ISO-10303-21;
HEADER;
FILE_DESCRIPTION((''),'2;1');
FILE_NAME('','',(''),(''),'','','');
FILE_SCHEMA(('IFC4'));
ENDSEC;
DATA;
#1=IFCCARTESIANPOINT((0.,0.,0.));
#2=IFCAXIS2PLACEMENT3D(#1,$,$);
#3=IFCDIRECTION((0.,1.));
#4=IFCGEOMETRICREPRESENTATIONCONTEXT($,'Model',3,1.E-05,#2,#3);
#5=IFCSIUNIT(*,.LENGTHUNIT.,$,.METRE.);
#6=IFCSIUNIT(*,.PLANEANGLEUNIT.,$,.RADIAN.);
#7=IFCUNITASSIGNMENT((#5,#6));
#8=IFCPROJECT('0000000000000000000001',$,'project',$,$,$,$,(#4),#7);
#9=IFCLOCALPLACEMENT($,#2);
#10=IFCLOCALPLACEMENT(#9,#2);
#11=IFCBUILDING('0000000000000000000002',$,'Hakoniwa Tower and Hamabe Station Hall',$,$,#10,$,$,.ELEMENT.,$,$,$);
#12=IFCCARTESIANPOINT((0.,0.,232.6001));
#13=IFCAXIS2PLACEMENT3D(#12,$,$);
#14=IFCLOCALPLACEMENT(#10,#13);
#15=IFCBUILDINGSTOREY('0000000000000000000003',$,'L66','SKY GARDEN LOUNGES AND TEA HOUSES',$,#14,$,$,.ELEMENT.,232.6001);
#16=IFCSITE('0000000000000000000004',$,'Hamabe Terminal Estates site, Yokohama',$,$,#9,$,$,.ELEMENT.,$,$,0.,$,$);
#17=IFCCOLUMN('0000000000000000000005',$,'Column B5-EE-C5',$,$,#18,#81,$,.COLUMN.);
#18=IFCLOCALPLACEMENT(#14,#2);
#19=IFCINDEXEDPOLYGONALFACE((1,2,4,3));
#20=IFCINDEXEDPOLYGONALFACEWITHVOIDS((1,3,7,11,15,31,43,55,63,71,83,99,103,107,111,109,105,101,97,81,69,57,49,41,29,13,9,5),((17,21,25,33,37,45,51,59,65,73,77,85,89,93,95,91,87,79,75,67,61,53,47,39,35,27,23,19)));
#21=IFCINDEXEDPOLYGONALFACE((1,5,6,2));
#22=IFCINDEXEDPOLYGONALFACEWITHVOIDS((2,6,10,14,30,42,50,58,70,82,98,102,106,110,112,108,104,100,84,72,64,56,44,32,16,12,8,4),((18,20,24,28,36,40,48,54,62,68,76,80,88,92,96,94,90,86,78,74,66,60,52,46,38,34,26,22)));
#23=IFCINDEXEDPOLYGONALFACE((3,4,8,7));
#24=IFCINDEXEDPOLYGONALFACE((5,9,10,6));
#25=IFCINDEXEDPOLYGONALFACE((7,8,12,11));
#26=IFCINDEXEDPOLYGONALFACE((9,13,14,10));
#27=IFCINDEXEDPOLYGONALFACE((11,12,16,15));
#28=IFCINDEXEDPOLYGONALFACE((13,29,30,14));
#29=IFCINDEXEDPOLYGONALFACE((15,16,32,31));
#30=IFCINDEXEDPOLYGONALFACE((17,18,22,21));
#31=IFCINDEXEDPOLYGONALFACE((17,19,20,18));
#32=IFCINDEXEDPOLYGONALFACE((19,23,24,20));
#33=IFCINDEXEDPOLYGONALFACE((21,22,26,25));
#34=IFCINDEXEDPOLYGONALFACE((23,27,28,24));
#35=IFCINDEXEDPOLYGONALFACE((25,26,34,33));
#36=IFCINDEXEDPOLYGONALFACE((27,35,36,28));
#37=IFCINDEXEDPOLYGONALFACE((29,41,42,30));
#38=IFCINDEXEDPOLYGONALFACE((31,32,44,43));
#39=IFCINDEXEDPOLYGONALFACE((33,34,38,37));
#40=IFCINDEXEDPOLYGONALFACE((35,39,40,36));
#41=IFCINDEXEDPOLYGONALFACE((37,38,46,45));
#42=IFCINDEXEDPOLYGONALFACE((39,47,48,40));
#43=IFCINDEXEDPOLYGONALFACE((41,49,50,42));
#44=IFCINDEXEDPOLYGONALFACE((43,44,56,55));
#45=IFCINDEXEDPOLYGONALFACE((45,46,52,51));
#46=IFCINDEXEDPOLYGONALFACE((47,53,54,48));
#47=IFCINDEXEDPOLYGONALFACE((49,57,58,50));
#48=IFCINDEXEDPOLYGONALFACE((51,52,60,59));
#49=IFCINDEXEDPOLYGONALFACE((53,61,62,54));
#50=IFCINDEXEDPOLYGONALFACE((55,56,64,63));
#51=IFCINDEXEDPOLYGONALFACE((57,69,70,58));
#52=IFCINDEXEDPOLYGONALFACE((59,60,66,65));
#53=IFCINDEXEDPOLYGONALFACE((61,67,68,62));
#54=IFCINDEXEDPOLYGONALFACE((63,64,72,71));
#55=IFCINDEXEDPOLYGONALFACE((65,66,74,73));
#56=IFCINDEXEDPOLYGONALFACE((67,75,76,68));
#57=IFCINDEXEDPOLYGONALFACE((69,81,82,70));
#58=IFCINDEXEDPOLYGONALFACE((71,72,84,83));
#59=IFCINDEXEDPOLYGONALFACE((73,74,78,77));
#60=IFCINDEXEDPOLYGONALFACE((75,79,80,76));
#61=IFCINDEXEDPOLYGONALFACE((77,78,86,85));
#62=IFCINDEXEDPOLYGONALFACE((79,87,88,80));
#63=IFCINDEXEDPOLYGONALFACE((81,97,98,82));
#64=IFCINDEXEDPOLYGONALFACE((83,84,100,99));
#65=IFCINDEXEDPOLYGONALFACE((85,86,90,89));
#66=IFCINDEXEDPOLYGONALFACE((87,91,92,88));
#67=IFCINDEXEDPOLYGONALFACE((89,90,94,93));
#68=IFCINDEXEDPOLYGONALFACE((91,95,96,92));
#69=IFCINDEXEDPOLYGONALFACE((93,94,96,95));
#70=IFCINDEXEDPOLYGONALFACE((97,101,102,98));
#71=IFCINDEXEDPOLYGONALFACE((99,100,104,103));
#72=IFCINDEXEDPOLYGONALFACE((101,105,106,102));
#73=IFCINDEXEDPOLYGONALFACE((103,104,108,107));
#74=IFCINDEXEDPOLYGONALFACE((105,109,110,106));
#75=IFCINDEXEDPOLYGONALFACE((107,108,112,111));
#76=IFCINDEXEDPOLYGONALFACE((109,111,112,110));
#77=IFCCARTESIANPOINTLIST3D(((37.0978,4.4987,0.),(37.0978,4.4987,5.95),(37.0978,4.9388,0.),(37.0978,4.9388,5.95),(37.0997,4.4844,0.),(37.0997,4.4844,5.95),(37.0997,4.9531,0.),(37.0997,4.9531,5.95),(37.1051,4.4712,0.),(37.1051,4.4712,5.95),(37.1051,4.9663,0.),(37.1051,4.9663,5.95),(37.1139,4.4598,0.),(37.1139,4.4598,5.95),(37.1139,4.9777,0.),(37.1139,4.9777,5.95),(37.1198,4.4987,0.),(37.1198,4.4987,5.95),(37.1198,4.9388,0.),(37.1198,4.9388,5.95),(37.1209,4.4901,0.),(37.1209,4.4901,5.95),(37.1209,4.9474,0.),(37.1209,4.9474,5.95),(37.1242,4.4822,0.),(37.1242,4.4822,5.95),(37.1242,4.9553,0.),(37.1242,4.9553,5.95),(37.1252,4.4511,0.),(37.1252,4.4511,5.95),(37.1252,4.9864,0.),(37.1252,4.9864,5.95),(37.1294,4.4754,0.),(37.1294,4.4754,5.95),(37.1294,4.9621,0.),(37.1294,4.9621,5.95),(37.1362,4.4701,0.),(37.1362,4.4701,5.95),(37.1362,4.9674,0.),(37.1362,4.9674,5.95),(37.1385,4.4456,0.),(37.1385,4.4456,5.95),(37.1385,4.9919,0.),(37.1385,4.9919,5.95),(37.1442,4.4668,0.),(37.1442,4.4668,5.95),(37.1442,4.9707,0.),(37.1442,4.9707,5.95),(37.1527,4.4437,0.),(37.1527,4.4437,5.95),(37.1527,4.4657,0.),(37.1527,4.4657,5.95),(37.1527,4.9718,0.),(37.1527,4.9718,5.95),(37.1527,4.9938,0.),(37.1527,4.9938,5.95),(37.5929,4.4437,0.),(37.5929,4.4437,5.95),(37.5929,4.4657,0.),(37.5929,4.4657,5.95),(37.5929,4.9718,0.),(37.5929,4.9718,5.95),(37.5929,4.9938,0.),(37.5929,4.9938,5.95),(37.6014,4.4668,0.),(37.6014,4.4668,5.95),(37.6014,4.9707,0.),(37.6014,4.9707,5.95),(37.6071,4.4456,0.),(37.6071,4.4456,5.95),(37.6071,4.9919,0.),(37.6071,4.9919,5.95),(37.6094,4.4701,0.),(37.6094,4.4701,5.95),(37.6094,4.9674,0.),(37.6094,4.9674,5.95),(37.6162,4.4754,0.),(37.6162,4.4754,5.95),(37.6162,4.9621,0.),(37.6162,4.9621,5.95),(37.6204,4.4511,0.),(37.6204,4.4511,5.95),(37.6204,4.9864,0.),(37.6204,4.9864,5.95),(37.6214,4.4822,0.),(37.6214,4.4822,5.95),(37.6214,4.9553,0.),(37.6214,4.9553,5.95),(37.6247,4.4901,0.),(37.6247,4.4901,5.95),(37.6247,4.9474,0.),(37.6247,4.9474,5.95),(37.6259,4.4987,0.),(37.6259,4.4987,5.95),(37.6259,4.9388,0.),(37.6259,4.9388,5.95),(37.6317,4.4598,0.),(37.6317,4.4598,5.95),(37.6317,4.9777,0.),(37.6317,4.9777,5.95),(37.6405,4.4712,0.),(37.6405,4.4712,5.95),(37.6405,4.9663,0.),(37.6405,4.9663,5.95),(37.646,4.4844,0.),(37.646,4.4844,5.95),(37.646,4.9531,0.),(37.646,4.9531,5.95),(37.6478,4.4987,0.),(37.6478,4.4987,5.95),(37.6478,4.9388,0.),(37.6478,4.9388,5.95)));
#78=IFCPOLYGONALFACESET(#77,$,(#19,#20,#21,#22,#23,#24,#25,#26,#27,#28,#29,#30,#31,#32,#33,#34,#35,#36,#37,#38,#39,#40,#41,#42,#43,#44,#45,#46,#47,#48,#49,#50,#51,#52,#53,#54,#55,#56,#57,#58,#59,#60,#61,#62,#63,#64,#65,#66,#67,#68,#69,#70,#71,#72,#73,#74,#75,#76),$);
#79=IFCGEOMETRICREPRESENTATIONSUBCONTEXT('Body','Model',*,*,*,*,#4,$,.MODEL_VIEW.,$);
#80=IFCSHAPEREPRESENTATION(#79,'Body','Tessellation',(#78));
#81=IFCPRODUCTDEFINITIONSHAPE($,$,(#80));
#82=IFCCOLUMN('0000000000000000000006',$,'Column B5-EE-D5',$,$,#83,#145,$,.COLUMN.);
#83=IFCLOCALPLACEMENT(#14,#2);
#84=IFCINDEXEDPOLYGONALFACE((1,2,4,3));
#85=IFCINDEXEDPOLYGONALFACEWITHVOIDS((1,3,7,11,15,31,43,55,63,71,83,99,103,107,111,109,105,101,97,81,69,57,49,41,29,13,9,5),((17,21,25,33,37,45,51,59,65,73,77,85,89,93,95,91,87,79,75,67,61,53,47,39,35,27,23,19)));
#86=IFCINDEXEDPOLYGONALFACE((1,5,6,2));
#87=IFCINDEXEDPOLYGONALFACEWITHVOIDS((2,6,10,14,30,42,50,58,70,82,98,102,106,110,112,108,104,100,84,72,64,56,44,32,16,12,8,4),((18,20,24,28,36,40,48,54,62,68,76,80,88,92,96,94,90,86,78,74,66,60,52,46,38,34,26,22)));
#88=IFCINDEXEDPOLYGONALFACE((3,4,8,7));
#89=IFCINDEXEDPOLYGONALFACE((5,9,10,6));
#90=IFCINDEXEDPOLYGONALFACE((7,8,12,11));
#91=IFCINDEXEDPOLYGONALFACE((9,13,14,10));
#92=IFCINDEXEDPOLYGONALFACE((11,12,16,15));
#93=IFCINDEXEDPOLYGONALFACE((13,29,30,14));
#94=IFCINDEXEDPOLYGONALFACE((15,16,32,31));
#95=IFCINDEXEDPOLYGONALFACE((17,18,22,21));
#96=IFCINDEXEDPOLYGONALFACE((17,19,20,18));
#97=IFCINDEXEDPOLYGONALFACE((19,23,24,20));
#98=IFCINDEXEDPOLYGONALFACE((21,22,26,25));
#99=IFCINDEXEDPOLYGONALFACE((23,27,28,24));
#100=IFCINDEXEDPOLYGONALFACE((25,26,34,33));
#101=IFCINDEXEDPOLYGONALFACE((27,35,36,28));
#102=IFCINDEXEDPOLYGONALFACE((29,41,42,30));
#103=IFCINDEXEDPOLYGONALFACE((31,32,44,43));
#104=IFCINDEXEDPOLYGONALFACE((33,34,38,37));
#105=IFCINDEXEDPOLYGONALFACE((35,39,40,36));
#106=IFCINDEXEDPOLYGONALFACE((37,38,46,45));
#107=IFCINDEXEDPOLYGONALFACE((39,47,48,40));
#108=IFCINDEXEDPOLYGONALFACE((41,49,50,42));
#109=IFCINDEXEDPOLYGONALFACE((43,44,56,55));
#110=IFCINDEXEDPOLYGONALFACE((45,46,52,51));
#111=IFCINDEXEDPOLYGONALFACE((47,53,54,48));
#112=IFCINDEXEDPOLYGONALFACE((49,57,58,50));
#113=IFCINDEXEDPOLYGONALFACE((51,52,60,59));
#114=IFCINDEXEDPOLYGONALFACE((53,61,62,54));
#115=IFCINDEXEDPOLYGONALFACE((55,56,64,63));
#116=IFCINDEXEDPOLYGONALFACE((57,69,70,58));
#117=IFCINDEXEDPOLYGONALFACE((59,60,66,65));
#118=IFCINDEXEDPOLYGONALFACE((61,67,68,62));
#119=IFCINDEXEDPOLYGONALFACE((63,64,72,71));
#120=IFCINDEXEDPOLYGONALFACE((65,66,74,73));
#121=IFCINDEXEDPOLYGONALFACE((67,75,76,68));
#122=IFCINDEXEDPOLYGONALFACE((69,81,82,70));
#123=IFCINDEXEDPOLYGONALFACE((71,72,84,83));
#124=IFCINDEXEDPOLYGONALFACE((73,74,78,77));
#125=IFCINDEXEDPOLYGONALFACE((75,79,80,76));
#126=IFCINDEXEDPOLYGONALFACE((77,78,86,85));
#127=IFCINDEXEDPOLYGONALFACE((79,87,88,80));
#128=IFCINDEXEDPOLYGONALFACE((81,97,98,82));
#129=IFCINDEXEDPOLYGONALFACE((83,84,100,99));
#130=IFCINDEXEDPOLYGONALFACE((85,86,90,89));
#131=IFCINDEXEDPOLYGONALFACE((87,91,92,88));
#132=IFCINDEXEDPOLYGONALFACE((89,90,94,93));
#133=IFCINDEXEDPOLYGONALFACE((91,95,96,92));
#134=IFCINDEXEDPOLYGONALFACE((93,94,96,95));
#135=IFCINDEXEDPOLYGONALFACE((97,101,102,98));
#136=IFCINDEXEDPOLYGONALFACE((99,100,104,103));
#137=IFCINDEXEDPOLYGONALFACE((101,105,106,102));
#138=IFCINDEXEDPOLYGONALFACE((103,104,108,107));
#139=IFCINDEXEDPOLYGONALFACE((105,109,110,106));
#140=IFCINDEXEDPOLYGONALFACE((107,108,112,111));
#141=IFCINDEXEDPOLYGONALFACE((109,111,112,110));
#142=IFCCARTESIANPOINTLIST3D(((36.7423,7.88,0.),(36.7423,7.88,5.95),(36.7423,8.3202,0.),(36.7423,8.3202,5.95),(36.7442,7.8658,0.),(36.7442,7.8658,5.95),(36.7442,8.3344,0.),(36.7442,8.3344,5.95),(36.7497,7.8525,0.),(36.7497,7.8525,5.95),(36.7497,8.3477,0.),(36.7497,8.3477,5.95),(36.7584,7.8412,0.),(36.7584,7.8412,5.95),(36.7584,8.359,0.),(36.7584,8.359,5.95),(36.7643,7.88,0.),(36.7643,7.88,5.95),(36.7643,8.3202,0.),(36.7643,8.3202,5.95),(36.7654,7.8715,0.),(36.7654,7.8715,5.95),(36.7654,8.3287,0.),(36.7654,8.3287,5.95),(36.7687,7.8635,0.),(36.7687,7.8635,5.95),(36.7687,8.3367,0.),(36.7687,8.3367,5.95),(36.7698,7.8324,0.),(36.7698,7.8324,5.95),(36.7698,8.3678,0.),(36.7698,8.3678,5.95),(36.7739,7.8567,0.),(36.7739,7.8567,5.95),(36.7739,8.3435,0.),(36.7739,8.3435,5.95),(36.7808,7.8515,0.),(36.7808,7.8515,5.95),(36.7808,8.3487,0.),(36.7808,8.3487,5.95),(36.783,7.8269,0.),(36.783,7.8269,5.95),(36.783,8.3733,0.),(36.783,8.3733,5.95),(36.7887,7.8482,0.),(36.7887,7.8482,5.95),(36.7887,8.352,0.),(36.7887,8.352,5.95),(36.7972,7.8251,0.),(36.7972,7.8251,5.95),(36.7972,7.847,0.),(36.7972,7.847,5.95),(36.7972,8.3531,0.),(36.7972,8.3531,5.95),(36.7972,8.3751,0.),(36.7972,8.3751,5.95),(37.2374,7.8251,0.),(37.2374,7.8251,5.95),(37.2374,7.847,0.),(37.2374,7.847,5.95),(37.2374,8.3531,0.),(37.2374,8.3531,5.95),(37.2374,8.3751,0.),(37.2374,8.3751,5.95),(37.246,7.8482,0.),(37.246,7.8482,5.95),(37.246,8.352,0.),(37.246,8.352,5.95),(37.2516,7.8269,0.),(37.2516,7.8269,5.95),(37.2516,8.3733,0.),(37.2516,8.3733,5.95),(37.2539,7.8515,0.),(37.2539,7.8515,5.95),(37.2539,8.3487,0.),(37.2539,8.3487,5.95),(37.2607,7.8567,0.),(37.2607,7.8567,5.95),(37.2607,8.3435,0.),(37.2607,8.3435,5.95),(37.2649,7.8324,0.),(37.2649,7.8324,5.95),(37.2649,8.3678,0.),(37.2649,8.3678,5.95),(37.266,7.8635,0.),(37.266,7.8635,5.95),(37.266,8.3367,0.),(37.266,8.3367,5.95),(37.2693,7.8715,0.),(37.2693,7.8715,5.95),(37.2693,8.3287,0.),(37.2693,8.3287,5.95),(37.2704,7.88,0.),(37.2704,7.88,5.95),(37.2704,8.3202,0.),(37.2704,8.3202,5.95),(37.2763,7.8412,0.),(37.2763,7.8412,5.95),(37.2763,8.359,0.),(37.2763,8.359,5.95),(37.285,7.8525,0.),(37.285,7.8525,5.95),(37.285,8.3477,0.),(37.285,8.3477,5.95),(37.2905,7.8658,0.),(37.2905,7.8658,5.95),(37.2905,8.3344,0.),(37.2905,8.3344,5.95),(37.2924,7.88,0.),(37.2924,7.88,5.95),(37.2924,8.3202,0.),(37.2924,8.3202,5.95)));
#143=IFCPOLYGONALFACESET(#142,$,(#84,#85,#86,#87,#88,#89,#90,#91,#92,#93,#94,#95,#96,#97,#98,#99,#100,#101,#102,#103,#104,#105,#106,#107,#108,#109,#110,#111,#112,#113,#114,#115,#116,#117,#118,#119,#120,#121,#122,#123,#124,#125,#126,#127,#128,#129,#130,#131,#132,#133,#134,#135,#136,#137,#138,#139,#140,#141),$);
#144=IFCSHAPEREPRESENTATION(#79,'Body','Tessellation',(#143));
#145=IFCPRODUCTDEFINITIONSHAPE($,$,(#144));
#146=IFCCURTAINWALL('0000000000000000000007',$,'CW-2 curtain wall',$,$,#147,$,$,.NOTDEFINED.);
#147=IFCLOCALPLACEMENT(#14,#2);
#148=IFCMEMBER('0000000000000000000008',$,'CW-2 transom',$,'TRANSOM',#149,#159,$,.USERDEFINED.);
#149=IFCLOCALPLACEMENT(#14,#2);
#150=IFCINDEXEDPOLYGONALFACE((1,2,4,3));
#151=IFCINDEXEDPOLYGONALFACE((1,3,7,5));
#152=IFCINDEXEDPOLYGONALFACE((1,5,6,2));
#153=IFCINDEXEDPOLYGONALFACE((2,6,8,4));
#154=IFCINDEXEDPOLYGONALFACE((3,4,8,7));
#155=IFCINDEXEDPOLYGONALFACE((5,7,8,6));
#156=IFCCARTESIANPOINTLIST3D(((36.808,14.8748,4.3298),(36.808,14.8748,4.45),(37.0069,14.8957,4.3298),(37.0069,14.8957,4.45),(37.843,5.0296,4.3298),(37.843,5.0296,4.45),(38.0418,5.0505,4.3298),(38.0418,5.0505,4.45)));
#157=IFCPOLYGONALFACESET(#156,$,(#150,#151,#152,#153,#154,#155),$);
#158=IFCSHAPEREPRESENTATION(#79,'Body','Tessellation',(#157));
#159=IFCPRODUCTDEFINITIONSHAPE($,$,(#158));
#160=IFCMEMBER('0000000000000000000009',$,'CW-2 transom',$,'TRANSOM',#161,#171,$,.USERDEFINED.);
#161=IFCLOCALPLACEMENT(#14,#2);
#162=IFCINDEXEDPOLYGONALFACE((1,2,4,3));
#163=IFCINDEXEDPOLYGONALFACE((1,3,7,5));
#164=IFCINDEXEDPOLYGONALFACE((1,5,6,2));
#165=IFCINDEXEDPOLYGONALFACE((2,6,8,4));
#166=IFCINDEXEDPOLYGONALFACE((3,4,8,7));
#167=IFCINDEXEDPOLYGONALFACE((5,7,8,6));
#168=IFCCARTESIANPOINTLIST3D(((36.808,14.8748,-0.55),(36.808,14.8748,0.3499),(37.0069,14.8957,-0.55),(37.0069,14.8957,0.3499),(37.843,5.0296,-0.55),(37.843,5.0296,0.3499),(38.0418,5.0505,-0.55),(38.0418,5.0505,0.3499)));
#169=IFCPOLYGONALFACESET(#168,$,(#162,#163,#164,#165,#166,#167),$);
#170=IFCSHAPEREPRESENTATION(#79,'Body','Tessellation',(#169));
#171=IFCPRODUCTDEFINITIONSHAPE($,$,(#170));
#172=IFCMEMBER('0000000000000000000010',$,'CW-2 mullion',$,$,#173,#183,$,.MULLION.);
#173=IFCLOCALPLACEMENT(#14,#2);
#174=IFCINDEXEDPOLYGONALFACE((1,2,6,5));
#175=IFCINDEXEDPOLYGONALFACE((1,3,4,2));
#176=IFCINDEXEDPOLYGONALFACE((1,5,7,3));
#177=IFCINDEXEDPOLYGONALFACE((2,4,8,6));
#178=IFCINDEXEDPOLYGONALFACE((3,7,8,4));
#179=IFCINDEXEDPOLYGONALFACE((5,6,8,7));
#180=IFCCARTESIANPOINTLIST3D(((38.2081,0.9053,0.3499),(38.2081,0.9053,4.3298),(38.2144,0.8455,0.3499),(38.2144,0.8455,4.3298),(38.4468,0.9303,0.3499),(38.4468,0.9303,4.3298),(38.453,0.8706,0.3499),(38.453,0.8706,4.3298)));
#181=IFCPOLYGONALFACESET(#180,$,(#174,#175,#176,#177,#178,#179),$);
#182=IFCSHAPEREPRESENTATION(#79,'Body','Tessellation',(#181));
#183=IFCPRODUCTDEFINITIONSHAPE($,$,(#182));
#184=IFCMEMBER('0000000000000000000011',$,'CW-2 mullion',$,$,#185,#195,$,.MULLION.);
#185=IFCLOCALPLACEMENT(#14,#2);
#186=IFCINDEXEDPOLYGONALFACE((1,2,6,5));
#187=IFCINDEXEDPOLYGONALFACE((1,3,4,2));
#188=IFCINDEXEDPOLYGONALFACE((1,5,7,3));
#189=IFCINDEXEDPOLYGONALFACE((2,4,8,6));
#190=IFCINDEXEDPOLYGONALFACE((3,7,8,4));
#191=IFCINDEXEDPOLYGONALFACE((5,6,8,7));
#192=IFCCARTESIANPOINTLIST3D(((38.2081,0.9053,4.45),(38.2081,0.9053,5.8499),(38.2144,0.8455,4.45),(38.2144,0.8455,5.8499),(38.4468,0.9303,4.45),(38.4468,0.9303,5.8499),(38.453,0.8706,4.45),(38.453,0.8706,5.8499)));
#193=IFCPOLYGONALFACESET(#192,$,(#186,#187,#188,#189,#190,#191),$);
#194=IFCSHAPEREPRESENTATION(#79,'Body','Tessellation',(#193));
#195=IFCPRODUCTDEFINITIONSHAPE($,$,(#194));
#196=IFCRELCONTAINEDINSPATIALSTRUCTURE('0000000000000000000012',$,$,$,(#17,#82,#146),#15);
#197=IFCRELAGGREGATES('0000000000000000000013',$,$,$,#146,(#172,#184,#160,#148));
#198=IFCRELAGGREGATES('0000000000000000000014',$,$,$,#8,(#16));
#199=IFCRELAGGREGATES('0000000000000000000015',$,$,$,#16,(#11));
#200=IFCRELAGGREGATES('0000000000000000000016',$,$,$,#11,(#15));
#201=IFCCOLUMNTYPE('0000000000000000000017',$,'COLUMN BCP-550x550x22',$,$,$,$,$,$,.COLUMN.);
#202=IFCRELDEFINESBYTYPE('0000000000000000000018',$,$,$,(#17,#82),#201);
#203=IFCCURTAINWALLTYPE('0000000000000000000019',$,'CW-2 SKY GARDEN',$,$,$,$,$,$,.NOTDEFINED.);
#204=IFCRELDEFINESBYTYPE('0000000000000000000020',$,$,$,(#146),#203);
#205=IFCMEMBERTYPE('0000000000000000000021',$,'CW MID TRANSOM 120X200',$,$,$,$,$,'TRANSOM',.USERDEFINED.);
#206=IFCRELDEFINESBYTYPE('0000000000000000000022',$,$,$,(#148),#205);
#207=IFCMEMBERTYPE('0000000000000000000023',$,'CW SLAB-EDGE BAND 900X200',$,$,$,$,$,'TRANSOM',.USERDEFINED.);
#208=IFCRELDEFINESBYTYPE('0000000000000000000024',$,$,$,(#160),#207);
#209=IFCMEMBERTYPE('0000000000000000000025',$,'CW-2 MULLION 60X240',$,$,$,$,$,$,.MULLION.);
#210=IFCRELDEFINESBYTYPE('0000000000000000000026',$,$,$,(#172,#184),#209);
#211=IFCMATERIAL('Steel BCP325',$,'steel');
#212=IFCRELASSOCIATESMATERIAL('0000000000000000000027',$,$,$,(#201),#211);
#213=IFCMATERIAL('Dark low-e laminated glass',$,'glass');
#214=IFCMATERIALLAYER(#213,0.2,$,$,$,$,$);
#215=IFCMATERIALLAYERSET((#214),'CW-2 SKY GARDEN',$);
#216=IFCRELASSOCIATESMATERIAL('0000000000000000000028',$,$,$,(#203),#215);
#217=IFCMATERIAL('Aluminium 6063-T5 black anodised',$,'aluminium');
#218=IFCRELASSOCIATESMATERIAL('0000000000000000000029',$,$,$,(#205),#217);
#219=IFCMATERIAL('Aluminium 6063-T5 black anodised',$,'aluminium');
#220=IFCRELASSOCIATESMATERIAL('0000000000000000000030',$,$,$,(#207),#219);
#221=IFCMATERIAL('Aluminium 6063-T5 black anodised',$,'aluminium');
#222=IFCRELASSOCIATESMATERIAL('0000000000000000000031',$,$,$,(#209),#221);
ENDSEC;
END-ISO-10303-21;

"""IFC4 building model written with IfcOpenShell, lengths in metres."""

from ifc_helpers import new_model, si_unit, direction, frame, origin, origin_2d, place, context, subcontext, project, spatial, rectangle, hollow_rectangle, extrude, material, layer, layer_set, material_profile, profile_set, type_object, element, aggregate, save


model = new_model("IFC4")

# Units and contexts
model_context = context("Model", 3, precision=1e-05, world=origin(), true_north=direction((0.0, 1.0)))
body_context = subcontext(model_context, "Body", "Model", "MODEL_VIEW")
ifc_project = project(units=[si_unit("LENGTHUNIT", "METRE"), si_unit("PLANEANGLEUNIT", "RADIAN")], contexts=[model_context])

# Site, building, storey
site_placement = place(None, origin())
site = spatial("IfcSite", under=ifc_project, at=site_placement, Name="Hamabe Terminal Estates site, Yokohama", CompositionType="ELEMENT", RefElevation=0.0)
building_placement = place(site_placement, origin())
building = spatial("IfcBuilding", under=site, at=building_placement, Name="Hakoniwa Tower and Hamabe Station Hall", CompositionType="ELEMENT")
storey_placement = place(building_placement, frame((0.0, 0.0, 232.6001)))
storey = spatial("IfcBuildingStorey", under=building, at=storey_placement, Name="L66", Description="SKY GARDEN LOUNGES AND TEA HOUSES", CompositionType="ELEMENT", Elevation=232.6001)

# Columns
ifc_material_1 = material(Name="Steel BCP325", Category="steel")
ifc_material_profile_1 = material_profile(ifc_material_1, hollow_rectangle(XDim=0.55, YDim=0.55, WallThickness=0.022, InnerFilletRadius=0.033, OuterFilletRadius=0.0549, at=origin_2d()), Name="BCP-550x550x22")
ifc_profile_set_1 = profile_set([ifc_material_profile_1], Name="Steel BCP325")
column_type = type_object("IfcColumnType", Name="COLUMN BCP-550x550x22", PredefinedType="COLUMN", material=ifc_profile_set_1)
for number, where, z_axis, x_axis, name in (
    (1, (37.3728, 4.7188, 0.0), (0.0, 0.0, 1.0), (1.0, 0.0, 0.0), "Column B5-EE-C5"),
    (2, (37.0173, 8.1001, 0.0), (0.0, 0.0, 1.0), (1.0, 0.0, 0.0), "Column B5-EE-D5"),
):
    element("IfcColumn", number, at=place(storey_placement, frame(where, z_axis=z_axis, x_axis=x_axis)), inside=storey, type_object=column_type, Name=name, PredefinedType="COLUMN", context=body_context, shape_type="SweptSolid", body=[
        extrude(hollow_rectangle(XDim=0.55, YDim=0.55, WallThickness=0.022, InnerFilletRadius=0.033, OuterFilletRadius=0.0549, at=origin_2d()), origin(), (0.0, 0.0, 1.0), 5.95),
    ])

# Curtain wall, members
ifc_material_2 = material(Name="Dark low-e laminated glass", Category="glass")
ifc_layer_1 = layer(ifc_material_2, 0.2)
ifc_layer_set_1 = layer_set([ifc_layer_1], Name="CW-2 SKY GARDEN")
curtain_wall_type = type_object("IfcCurtainWallType", Name="CW-2 SKY GARDEN", PredefinedType="NOTDEFINED", material=ifc_layer_set_1)
curtain_wall_placement = place(storey_placement, origin())
curtain_wall = element("IfcCurtainWall", 3, at=curtain_wall_placement, inside=storey, type_object=curtain_wall_type, Name="CW-2 curtain wall", PredefinedType="NOTDEFINED")
ifc_material_3 = material(Name="Aluminium 6063-T5 black anodised", Category="aluminium")
ifc_material_profile_2 = material_profile(ifc_material_3, rectangle(XDim=0.2, YDim=0.1201, at=origin_2d()), Name="CW MID TRANSOM 120X200")
ifc_profile_set_2 = profile_set([ifc_material_profile_2], Name="Aluminium 6063-T5 black anodised")
member_type_1 = type_object("IfcMemberType", Name="CW MID TRANSOM 120X200", ElementType="TRANSOM", PredefinedType="USERDEFINED", material=ifc_profile_set_2)
member_1_placement = place(storey_placement, frame((37.9424, 5.04, 4.3899), z_axis=(-0.104542, 0.99452, 0.0), x_axis=(-0.99452, -0.104542, 0.0)))
member_1 = element("IfcMember", 4, at=member_1_placement, type_object=member_type_1, Name="CW-2 transom", ObjectType="TRANSOM", PredefinedType="USERDEFINED", context=body_context, shape_type="SweptSolid", body=[
    extrude(rectangle(XDim=0.2, YDim=0.1201, at=origin_2d()), origin(), (0.0, 0.0, 1.0), 9.8994),
])
ifc_material_4 = material(Name="Aluminium 6063-T5 black anodised", Category="aluminium")
ifc_material_profile_3 = material_profile(ifc_material_4, rectangle(XDim=0.2, YDim=0.8999, at=origin_2d()), Name="CW SLAB-EDGE BAND 900X200")
ifc_profile_set_3 = profile_set([ifc_material_profile_3], Name="Aluminium 6063-T5 black anodised")
member_type_2 = type_object("IfcMemberType", Name="CW SLAB-EDGE BAND 900X200", ElementType="TRANSOM", PredefinedType="USERDEFINED", material=ifc_profile_set_3)
member_2_placement = place(storey_placement, frame((37.9424, 5.04, -0.1001), z_axis=(-0.104542, 0.99452, 0.0), x_axis=(-0.99452, -0.104542, 0.0)))
member_2 = element("IfcMember", 5, at=member_2_placement, type_object=member_type_2, Name="CW-2 transom", ObjectType="TRANSOM", PredefinedType="USERDEFINED", context=body_context, shape_type="SweptSolid", body=[
    extrude(rectangle(XDim=0.2, YDim=0.8999, at=origin_2d()), origin(), (0.0, 0.0, 1.0), 9.8994),
])
ifc_material_5 = material(Name="Aluminium 6063-T5 black anodised", Category="aluminium")
ifc_material_profile_4 = material_profile(ifc_material_5, rectangle(XDim=0.0601, YDim=0.24, at=origin_2d()), Name="CW-2 MULLION 60X240")
ifc_profile_set_4 = profile_set([ifc_material_profile_4], Name="Aluminium 6063-T5 black anodised")
member_type_3 = type_object("IfcMemberType", Name="CW-2 MULLION 60X240", PredefinedType="MULLION", material=ifc_profile_set_4)
member_3_placement = place(storey_placement, frame((38.3306, 0.8879, 0.3499), z_axis=(0.0, 0.0, 1.0), x_axis=(-0.104528, 0.994522, 0.0)))
member_3 = element("IfcMember", 6, at=member_3_placement, type_object=member_type_3, Name="CW-2 mullion", PredefinedType="MULLION", context=body_context, shape_type="SweptSolid", body=[
    extrude(rectangle(XDim=0.0601, YDim=0.24, at=origin_2d()), origin(), (0.0, 0.0, 1.0), 3.98),
])
member_4_placement = place(storey_placement, frame((38.3306, 0.8879, 4.45), z_axis=(0.0, 0.0, 1.0), x_axis=(-0.104528, 0.994522, 0.0)))
member_4 = element("IfcMember", 7, at=member_4_placement, type_object=member_type_3, Name="CW-2 mullion", PredefinedType="MULLION", context=body_context, shape_type="SweptSolid", body=[
    extrude(rectangle(XDim=0.0601, YDim=0.24, at=origin_2d()), origin(), (0.0, 0.0, 1.0), 1.3999),
])

aggregate(curtain_wall, [member_3, member_4, member_2, member_1])

save(model, "model.ifc")
